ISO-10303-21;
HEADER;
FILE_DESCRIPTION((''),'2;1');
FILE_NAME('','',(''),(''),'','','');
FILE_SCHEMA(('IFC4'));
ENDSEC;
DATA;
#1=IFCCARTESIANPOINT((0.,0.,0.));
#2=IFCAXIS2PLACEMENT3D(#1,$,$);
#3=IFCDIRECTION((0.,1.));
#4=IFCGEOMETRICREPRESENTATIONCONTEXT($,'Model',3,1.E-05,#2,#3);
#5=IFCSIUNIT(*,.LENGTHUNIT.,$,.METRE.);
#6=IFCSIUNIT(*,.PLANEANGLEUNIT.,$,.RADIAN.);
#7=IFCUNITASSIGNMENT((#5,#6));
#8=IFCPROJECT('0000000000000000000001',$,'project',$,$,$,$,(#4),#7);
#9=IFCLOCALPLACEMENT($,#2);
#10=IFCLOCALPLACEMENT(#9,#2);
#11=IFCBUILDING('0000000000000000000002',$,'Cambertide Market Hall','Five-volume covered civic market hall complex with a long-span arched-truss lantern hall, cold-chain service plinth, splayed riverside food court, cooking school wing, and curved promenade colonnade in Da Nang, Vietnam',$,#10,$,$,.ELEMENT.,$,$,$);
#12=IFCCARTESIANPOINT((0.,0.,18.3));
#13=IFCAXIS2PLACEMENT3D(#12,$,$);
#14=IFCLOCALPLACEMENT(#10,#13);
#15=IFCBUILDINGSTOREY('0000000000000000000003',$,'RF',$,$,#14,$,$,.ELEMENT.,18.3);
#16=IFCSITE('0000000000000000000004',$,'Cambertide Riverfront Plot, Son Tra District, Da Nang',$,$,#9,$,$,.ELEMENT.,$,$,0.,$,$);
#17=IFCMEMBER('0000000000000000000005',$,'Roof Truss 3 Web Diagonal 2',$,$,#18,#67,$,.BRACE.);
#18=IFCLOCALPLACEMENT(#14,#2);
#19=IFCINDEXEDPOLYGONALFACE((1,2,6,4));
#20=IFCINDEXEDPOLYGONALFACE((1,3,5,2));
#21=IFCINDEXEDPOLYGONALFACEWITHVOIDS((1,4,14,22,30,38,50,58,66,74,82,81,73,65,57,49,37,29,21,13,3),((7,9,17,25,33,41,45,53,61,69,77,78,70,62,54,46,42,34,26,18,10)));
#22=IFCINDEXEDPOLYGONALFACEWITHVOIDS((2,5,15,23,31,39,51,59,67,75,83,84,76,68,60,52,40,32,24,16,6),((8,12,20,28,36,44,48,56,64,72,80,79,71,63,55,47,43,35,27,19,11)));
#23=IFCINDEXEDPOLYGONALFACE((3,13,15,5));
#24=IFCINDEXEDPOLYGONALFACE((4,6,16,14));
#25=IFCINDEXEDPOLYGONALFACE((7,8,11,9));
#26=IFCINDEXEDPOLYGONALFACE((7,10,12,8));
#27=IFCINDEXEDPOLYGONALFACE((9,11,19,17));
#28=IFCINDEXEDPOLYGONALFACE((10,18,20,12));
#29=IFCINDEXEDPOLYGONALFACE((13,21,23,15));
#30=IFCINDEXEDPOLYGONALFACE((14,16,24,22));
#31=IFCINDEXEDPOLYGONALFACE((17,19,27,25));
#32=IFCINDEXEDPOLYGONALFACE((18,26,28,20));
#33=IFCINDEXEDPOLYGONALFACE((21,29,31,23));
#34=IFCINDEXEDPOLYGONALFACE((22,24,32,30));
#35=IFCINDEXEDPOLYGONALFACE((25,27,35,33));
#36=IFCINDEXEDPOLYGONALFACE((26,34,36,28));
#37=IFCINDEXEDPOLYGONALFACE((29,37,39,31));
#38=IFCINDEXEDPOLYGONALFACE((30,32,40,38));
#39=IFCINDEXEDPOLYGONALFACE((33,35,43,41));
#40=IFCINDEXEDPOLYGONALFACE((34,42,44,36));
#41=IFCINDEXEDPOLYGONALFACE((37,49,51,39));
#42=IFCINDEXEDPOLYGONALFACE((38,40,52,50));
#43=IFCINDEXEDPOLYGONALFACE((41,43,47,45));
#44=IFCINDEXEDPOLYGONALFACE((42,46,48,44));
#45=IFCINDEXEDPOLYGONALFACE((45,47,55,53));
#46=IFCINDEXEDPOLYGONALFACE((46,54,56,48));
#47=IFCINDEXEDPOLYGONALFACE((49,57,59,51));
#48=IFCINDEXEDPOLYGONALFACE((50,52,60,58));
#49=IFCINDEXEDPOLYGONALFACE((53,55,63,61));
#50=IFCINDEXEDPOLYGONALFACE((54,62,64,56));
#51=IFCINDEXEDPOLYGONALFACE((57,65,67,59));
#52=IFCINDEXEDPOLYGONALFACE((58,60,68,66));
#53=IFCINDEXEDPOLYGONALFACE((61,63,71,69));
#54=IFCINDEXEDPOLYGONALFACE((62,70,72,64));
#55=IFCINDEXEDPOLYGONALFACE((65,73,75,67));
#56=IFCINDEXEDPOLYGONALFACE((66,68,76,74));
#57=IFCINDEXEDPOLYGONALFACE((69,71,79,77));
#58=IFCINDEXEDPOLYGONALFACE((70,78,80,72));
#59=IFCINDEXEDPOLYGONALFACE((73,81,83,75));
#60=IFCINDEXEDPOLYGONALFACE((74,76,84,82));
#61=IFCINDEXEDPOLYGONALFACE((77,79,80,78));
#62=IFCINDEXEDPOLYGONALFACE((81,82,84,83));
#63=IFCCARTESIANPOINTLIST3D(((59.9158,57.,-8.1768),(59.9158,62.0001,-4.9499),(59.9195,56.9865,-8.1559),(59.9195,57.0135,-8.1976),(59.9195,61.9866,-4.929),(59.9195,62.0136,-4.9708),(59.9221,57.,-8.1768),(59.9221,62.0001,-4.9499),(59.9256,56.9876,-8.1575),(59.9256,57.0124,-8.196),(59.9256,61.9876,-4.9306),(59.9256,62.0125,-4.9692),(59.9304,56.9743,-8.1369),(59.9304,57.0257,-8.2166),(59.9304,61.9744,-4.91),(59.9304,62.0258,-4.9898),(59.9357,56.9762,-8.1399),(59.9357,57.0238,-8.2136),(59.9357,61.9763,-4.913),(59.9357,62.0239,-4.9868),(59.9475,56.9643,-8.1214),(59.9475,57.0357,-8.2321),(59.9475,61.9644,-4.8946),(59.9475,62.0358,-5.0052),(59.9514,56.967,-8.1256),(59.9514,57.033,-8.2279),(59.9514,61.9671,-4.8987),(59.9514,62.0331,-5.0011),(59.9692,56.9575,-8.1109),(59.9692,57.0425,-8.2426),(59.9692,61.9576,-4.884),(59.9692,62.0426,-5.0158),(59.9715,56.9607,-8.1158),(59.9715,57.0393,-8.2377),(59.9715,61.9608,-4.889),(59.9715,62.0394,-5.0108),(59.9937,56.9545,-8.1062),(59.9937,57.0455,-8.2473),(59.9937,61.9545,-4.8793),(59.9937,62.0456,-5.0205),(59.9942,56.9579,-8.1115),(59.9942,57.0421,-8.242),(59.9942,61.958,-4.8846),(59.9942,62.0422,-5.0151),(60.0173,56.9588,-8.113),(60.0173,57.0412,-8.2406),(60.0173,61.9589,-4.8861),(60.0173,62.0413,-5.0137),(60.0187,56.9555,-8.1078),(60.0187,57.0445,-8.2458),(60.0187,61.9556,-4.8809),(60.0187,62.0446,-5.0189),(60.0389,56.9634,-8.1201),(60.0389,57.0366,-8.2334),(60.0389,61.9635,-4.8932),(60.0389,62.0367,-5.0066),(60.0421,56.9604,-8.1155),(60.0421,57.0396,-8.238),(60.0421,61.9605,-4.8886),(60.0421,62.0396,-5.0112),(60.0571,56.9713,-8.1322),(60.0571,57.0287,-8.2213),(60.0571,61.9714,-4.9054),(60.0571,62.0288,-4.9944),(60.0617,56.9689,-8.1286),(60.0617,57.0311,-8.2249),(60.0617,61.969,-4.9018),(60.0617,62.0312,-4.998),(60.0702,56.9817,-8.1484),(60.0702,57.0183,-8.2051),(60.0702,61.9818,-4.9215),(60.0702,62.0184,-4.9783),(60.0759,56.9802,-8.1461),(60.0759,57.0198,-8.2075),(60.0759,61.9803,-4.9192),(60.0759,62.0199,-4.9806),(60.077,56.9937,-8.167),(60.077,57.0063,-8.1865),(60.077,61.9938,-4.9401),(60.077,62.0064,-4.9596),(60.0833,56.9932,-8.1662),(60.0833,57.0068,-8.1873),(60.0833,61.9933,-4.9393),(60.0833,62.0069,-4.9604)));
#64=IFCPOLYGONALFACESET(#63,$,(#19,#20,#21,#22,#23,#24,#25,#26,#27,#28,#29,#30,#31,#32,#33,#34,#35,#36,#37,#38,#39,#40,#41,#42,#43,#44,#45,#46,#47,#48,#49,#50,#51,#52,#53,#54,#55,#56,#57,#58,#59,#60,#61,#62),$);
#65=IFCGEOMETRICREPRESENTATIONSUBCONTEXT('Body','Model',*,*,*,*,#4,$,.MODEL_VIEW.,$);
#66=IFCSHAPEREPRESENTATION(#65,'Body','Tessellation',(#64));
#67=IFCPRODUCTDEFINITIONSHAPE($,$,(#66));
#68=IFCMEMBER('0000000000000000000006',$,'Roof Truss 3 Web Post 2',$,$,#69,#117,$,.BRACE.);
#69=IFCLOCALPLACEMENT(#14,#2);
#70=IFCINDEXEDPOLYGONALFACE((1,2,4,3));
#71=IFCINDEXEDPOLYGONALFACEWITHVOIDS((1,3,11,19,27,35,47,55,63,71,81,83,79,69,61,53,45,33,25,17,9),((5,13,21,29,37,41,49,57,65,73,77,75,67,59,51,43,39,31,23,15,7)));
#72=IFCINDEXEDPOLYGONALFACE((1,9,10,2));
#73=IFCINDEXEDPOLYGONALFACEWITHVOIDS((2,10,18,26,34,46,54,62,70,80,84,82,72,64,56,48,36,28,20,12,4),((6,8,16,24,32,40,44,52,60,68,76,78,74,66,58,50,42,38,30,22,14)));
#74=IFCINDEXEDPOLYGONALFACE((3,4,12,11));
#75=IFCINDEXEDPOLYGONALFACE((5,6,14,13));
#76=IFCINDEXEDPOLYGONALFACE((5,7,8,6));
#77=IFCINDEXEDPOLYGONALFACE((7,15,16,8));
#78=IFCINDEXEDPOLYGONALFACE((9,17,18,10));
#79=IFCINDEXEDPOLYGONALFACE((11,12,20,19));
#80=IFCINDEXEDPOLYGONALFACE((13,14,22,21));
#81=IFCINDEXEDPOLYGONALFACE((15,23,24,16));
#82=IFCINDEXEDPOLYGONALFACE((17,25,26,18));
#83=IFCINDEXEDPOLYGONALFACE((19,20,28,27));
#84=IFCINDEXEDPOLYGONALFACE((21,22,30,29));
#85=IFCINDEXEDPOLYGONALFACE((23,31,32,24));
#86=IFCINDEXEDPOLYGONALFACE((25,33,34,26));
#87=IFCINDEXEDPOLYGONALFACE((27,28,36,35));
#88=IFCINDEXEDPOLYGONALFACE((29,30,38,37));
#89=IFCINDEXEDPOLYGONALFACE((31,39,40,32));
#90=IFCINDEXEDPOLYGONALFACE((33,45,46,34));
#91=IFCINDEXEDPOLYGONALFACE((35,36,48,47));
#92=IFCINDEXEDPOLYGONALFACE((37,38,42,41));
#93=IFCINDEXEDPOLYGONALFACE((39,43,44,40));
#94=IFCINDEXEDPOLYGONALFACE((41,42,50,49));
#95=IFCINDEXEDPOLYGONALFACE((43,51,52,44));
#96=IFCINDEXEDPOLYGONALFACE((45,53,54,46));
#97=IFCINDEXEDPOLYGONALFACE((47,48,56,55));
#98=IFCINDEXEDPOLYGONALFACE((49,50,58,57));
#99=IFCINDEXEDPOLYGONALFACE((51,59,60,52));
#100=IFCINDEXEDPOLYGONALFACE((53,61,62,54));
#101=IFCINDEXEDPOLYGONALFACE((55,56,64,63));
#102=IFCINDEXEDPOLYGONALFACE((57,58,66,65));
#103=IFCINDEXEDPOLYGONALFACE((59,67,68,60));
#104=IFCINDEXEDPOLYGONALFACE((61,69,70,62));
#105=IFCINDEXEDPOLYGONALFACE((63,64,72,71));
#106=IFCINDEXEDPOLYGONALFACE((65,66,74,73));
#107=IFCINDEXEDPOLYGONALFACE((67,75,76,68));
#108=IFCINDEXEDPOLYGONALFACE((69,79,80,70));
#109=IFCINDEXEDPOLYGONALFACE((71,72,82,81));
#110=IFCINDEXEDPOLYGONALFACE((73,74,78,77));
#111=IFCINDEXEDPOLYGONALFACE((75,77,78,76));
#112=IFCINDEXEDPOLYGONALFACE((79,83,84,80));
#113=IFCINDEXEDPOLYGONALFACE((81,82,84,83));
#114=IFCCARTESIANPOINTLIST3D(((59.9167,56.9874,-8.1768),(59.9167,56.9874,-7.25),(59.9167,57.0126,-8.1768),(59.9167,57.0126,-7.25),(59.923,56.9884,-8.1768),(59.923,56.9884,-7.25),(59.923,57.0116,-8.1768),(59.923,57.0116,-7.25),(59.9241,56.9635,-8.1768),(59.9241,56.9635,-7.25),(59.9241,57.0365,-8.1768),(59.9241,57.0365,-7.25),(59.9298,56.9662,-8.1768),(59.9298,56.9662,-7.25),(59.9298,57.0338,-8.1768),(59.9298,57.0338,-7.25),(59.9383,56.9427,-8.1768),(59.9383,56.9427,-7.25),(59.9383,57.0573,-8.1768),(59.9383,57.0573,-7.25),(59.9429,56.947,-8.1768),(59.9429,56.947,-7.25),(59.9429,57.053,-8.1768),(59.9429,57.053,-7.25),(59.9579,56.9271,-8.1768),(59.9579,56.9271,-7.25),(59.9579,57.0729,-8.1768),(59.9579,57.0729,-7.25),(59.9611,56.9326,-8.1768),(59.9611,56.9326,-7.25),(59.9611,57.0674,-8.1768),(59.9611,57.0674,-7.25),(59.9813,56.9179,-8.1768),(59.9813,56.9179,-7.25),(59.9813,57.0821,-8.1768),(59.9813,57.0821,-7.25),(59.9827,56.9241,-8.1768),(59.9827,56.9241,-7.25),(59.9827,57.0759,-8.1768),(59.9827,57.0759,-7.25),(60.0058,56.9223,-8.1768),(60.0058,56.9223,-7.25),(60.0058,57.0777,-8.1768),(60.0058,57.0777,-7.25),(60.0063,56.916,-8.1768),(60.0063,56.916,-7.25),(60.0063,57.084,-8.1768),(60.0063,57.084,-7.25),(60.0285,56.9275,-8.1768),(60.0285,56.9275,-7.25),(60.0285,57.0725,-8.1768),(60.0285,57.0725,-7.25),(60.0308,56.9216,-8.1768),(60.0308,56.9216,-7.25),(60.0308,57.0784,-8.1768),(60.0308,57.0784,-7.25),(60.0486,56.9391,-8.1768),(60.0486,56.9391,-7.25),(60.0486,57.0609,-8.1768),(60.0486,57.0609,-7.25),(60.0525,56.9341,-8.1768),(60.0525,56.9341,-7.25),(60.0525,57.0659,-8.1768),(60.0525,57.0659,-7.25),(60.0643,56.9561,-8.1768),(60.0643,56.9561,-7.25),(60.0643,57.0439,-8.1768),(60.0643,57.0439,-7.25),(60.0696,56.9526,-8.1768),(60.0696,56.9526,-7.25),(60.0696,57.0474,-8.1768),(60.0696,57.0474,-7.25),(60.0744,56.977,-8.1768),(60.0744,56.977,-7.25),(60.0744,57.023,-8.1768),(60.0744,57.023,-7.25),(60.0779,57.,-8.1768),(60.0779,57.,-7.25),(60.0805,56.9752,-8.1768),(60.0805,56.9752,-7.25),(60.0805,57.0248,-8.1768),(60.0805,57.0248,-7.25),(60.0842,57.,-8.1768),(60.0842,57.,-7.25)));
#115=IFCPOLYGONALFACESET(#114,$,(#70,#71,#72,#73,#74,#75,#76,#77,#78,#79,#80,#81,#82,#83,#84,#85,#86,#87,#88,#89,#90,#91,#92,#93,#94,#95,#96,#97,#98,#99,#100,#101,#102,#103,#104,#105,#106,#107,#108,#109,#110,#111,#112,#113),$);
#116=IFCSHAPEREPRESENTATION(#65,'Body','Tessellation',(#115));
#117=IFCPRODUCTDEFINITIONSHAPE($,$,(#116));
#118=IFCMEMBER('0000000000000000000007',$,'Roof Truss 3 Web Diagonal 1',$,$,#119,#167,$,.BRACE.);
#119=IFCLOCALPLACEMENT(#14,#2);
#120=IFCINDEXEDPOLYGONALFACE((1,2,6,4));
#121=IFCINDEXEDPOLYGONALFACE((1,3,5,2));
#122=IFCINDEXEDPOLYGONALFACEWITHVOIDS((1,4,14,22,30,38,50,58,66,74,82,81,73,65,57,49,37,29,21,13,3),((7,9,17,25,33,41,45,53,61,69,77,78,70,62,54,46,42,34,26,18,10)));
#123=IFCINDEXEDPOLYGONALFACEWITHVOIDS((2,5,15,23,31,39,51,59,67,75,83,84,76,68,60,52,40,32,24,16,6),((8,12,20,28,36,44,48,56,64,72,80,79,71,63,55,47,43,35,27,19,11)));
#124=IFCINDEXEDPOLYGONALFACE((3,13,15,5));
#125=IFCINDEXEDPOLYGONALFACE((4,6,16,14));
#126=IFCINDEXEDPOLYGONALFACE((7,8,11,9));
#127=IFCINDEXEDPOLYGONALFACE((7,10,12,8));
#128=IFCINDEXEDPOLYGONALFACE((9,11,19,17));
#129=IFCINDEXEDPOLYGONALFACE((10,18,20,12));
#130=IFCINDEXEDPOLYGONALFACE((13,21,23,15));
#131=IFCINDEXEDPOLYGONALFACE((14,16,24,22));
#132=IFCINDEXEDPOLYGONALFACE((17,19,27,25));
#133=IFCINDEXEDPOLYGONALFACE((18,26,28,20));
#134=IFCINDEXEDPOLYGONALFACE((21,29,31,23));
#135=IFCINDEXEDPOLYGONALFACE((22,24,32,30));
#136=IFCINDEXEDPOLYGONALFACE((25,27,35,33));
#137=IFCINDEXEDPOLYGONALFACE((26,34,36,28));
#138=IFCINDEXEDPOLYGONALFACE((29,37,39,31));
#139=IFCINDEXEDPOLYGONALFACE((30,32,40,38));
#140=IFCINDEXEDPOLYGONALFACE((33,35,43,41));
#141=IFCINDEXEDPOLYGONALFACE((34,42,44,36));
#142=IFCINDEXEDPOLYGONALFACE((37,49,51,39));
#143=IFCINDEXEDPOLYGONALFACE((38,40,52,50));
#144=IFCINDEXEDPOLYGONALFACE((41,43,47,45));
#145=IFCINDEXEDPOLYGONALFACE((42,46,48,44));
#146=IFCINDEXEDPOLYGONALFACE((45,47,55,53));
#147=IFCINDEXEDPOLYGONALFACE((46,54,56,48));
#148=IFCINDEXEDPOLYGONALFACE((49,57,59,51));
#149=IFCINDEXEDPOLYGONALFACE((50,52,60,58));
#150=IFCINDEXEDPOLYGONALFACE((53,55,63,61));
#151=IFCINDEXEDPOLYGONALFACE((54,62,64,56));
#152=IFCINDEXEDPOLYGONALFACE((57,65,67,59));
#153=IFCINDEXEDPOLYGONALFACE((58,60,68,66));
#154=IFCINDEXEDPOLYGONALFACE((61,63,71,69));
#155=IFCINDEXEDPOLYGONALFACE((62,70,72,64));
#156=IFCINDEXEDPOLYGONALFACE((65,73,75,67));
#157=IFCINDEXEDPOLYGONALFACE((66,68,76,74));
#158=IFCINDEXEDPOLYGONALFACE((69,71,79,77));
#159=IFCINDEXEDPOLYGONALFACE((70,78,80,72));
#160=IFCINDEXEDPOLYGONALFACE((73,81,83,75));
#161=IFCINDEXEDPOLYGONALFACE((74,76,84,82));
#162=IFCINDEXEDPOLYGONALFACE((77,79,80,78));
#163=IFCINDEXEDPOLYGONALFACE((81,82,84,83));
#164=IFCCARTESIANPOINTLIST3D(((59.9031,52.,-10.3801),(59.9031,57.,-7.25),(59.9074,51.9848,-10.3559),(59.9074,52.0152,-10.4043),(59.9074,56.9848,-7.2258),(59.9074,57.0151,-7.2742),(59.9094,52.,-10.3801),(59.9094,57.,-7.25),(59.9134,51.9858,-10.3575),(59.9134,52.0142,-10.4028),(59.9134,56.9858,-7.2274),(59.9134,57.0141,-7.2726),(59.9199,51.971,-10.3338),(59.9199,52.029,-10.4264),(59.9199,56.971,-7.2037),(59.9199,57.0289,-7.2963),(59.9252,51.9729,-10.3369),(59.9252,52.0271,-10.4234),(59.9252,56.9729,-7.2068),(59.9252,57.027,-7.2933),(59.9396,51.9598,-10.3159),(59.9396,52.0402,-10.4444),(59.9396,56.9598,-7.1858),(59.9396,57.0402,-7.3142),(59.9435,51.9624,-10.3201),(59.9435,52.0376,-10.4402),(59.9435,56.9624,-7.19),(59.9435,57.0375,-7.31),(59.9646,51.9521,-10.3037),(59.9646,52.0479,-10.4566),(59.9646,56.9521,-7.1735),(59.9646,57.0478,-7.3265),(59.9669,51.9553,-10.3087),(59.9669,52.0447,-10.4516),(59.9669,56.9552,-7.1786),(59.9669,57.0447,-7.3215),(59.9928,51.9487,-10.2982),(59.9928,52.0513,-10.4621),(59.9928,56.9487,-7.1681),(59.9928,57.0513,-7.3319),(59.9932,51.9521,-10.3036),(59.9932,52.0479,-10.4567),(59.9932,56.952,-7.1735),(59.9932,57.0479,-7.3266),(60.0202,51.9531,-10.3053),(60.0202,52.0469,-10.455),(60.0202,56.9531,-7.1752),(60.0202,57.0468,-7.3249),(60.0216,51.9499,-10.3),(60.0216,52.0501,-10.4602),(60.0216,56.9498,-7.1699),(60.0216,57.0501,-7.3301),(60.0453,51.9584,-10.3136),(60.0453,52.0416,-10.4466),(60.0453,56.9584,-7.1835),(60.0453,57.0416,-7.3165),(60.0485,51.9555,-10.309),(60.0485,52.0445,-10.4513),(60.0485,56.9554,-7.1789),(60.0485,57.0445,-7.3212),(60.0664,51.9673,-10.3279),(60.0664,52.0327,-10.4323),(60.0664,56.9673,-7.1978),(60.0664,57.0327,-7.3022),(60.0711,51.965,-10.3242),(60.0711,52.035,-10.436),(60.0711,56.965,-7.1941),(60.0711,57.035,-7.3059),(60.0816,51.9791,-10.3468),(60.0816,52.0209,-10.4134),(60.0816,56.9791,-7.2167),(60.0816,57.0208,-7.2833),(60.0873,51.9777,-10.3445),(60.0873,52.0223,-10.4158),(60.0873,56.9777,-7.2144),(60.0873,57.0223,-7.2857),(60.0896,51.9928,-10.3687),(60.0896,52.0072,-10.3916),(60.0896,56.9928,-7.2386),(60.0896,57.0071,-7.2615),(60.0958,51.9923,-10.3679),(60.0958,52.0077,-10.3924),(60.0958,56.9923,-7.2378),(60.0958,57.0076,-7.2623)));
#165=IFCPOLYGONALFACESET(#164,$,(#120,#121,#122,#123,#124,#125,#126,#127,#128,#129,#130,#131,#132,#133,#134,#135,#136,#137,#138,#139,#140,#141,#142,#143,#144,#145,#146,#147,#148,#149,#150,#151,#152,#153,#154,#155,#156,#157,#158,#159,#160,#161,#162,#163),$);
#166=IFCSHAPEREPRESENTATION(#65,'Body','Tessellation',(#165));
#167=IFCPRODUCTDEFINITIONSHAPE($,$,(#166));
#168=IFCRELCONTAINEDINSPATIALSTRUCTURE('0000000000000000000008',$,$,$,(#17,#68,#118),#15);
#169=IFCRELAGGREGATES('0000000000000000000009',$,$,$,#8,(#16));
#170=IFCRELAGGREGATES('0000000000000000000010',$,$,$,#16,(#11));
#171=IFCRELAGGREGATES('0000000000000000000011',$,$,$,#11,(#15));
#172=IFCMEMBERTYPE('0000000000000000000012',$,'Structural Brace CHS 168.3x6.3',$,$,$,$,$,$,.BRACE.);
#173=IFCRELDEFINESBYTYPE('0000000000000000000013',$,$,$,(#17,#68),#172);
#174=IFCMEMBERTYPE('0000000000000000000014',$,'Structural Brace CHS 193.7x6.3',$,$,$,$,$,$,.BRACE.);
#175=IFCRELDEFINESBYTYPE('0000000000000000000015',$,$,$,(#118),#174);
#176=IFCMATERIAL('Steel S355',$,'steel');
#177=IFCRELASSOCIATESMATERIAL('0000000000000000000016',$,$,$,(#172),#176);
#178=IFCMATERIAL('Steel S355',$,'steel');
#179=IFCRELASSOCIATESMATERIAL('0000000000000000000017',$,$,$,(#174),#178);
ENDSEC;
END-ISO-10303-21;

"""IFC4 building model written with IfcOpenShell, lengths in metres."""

from ifc_helpers import new_model, si_unit, direction, frame, origin, origin_2d, place, context, subcontext, project, spatial, hollow_circle, extrude, material, material_profile, profile_set, type_object, element, save


model = new_model("IFC4")

# Units and contexts
model_context = context("Model", 3, precision=1e-05, world=origin(), true_north=direction((0.0, 1.0)))
body_context = subcontext(model_context, "Body", "Model", "MODEL_VIEW")
ifc_project = project(units=[si_unit("LENGTHUNIT", "METRE"), si_unit("PLANEANGLEUNIT", "RADIAN")], contexts=[model_context])

# Site, building, storey
site_placement = place(None, origin())
site = spatial("IfcSite", under=ifc_project, at=site_placement, Name="Cambertide Riverfront Plot, Son Tra District, Da Nang", CompositionType="ELEMENT", RefElevation=0.0)
building_placement = place(site_placement, origin())
building = spatial("IfcBuilding", under=site, at=building_placement, Name="Cambertide Market Hall", Description="Five-volume covered civic market hall complex with a long-span arched-truss lantern hall, cold-chain service plinth, splayed riverside food court, cooking school wing, and curved promenade colonnade in Da Nang, Vietnam", CompositionType="ELEMENT")
storey_placement = place(building_placement, frame((0.0, 0.0, 18.3)))
storey = spatial("IfcBuildingStorey", under=building, at=storey_placement, Name="RF", CompositionType="ELEMENT", Elevation=18.3)

# Members
ifc_material_1 = material(Name="Steel S355", Category="steel")
ifc_material_profile_1 = material_profile(ifc_material_1, hollow_circle(Radius=0.0842, WallThickness=0.0063, at=origin_2d()), Name="CHS 168.3x6.3")
ifc_profile_set_1 = profile_set([ifc_material_profile_1], Name="Steel S355")
member_type_1 = type_object("IfcMemberType", Name="Structural Brace CHS 168.3x6.3", PredefinedType="BRACE", material=ifc_profile_set_1)
member_1_placement = place(storey_placement, frame((60.0, 57.0, -8.1768), z_axis=(0.0, 0.84022, 0.542246), x_axis=(-1.0, 0.0, 0.0)))
element("IfcMember", 1, at=member_1_placement, inside=storey, type_object=member_type_1, Name="Roof Truss 3 Web Diagonal 2", PredefinedType="BRACE", context=body_context, shape_type="SweptSolid", body=[
    extrude(hollow_circle(Radius=0.0842, WallThickness=0.0063, at=origin_2d()), origin(), (0.0, 0.0, 1.0), 5.9509),
])
member_2_placement = place(storey_placement, frame((60.0, 57.0, -8.1768), z_axis=(0.0, 0.0, 1.0), x_axis=(1.0, 0.0, 0.0)))
element("IfcMember", 2, at=member_2_placement, inside=storey, type_object=member_type_1, Name="Roof Truss 3 Web Post 2", PredefinedType="BRACE", context=body_context, shape_type="SweptSolid", body=[
    extrude(hollow_circle(Radius=0.0842, WallThickness=0.0063, at=origin_2d()), origin(), (0.0, 0.0, 1.0), 0.9268),
])
ifc_material_2 = material(Name="Steel S355", Category="steel")
ifc_material_profile_2 = material_profile(ifc_material_2, hollow_circle(Radius=0.0969, WallThickness=0.0063, at=origin_2d()), Name="CHS 193.7x6.3")
ifc_profile_set_2 = profile_set([ifc_material_profile_2], Name="Steel S355")
member_type_2 = type_object("IfcMemberType", Name="Structural Brace CHS 193.7x6.3", PredefinedType="BRACE", material=ifc_profile_set_2)
member_3_placement = place(storey_placement, frame((60.0, 52.0, -10.3801), z_axis=(0.0, 0.847607, 0.530624), x_axis=(-1.0, 0.0, 0.0)))
element("IfcMember", 3, at=member_3_placement, inside=storey, type_object=member_type_2, Name="Roof Truss 3 Web Diagonal 1", PredefinedType="BRACE", context=body_context, shape_type="SweptSolid", body=[
    extrude(hollow_circle(Radius=0.0969, WallThickness=0.0063, at=origin_2d()), origin(), (0.0, 0.0, 1.0), 5.8989),
])

save(model, "model.ifc")
